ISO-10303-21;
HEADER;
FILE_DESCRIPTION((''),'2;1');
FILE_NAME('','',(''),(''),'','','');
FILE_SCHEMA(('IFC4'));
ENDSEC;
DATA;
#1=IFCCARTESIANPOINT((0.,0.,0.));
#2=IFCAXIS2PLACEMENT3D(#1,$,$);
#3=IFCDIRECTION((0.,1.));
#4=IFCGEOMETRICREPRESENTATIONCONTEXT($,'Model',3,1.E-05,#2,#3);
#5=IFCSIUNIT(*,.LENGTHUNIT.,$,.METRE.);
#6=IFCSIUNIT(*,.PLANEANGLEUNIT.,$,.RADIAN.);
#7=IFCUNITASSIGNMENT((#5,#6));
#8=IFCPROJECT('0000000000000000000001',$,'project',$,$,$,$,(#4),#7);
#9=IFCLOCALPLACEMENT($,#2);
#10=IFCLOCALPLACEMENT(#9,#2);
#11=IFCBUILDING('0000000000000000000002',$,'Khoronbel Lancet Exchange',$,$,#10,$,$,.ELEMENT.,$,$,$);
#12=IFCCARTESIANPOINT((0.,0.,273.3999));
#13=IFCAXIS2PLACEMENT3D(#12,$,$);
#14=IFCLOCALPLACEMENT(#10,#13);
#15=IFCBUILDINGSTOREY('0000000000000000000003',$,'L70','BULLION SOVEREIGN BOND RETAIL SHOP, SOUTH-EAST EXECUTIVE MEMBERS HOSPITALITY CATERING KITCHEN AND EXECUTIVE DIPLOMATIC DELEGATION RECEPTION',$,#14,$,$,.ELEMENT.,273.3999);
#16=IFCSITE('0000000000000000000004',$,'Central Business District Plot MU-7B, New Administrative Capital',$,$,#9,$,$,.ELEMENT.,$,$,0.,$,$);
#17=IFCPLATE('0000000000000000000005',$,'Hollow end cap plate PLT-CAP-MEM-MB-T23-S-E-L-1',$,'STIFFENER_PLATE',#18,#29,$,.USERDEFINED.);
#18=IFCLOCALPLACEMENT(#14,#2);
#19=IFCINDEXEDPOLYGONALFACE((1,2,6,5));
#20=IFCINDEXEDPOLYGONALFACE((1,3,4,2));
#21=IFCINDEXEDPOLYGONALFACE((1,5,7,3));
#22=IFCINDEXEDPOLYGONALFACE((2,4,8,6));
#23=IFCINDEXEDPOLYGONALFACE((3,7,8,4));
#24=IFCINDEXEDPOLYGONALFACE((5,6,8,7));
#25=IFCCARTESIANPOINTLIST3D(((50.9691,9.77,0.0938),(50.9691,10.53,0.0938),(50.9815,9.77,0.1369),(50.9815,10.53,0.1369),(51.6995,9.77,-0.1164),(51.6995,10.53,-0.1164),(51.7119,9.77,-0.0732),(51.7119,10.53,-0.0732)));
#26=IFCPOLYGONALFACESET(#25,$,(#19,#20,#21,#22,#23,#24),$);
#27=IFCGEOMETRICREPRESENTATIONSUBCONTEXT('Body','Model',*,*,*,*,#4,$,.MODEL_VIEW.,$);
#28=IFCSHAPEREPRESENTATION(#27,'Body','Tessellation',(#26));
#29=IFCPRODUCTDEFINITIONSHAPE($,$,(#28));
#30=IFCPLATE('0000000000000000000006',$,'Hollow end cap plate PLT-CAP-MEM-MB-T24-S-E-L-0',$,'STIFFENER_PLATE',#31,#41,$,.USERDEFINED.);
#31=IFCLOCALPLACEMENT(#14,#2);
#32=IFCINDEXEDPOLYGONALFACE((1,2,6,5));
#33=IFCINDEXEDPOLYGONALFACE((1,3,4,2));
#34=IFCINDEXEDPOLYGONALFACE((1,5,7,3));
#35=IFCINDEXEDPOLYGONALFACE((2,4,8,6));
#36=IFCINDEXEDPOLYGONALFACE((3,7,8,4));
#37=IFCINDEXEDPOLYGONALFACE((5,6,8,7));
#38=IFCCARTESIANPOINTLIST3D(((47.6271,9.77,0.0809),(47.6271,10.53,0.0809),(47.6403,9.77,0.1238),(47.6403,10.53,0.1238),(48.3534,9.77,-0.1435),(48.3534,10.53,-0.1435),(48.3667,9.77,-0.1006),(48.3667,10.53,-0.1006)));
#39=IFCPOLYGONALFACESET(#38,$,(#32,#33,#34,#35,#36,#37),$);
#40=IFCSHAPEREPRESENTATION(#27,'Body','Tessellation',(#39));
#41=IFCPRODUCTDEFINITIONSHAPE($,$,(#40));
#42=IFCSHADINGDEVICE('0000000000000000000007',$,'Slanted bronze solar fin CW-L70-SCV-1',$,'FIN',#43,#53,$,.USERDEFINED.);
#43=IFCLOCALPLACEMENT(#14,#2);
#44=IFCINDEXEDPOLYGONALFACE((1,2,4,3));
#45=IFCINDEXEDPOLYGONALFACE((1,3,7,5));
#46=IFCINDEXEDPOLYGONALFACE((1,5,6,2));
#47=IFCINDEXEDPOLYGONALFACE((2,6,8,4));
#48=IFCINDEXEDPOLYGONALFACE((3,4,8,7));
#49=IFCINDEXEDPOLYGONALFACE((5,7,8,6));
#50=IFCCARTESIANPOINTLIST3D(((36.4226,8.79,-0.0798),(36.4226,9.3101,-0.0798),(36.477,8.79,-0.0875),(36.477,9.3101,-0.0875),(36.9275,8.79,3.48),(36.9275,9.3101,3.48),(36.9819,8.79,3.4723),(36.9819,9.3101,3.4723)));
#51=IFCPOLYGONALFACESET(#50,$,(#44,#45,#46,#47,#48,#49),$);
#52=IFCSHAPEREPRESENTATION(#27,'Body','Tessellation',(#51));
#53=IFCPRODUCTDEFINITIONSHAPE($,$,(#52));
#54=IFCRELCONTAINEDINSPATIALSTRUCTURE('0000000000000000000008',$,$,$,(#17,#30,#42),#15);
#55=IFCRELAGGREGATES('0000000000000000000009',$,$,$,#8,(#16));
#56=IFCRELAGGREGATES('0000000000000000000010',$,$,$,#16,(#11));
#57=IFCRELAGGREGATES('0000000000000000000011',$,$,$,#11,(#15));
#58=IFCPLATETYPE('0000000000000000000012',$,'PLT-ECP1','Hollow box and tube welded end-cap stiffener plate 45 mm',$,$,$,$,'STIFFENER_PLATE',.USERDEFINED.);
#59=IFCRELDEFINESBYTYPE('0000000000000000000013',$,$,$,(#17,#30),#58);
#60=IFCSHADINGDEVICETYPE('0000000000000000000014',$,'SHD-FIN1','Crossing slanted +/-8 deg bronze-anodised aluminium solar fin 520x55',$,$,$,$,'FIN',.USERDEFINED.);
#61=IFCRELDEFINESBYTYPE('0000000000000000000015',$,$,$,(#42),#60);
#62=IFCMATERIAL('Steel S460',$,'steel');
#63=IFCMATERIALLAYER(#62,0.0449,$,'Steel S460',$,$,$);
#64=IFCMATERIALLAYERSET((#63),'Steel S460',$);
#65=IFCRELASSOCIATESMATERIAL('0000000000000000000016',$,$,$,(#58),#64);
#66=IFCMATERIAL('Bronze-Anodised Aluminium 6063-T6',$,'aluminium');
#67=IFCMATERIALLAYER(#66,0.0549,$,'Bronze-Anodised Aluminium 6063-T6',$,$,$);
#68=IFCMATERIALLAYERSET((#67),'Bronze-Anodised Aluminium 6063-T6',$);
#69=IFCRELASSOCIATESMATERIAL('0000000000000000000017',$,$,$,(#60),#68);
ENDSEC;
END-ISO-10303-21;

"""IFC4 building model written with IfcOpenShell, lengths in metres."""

from ifc_helpers import new_model, si_unit, direction, frame, origin, place, context, subcontext, project, spatial, polyline, outline, extrude, material, layer, layer_set, type_object, element, save


model = new_model("IFC4")

# Units and contexts
model_context = context("Model", 3, precision=1e-05, world=origin(), true_north=direction((0.0, 1.0)))
body_context = subcontext(model_context, "Body", "Model", "MODEL_VIEW")
ifc_project = project(units=[si_unit("LENGTHUNIT", "METRE"), si_unit("PLANEANGLEUNIT", "RADIAN")], contexts=[model_context])

# Site, building, storey
site_placement = place(None, origin())
site = spatial("IfcSite", under=ifc_project, at=site_placement, Name="Central Business District Plot MU-7B, New Administrative Capital", CompositionType="ELEMENT", RefElevation=0.0)
building_placement = place(site_placement, origin())
building = spatial("IfcBuilding", under=site, at=building_placement, Name="Khoronbel Lancet Exchange", CompositionType="ELEMENT")
storey_placement = place(building_placement, frame((0.0, 0.0, 273.3999)))
storey = spatial("IfcBuildingStorey", under=building, at=storey_placement, Name="L70", Description="BULLION SOVEREIGN BOND RETAIL SHOP, SOUTH-EAST EXECUTIVE MEMBERS HOSPITALITY CATERING KITCHEN AND EXECUTIVE DIPLOMATIC DELEGATION RECEPTION", CompositionType="ELEMENT", Elevation=273.3999)

# Shared definitions
ifc_material_1 = material(Name="Steel S460", Category="steel")

# Shared definitions
ifc_material_2 = material(Name="Bronze-Anodised Aluminium 6063-T6", Category="aluminium")

# Plates
ifc_layer_1 = layer(ifc_material_1, 0.0449, Name="Steel S460")
ifc_layer_set_1 = layer_set([ifc_layer_1], Name="Steel S460")
plate_type_1 = type_object("IfcPlateType", Name="PLT-ECP1", Description="Hollow box and tube welded end-cap stiffener plate 45 mm", ElementType="STIFFENER_PLATE", PredefinedType="USERDEFINED", material=ifc_layer_set_1)
plate_1_placement = place(storey_placement, frame((51.7119, 9.77, -0.0732), z_axis=(0.276545, 0.0, 0.961001), x_axis=(0.0, 1.0, 0.0)))
element("IfcPlate", 1, at=plate_1_placement, inside=storey, type_object=plate_type_1, Name="Hollow end cap plate PLT-CAP-MEM-MB-T23-S-E-L-1", ObjectType="STIFFENER_PLATE", PredefinedType="USERDEFINED", context=body_context, shape_type="SweptSolid", body=[
    extrude(outline(polyline([(0.0, 0.0), (0.76, 0.0), (0.76, 0.76), (0.0, 0.76), (0.0, 0.0)])), origin(), (0.0, 0.0, -1.0), 0.0449),
])
plate_2_placement = place(storey_placement, frame((48.3667, 9.77, -0.1006), z_axis=(0.295146, 0.0, 0.955452), x_axis=(0.0, 1.0, 0.0)))
element("IfcPlate", 2, at=plate_2_placement, inside=storey, type_object=plate_type_1, Name="Hollow end cap plate PLT-CAP-MEM-MB-T24-S-E-L-0", ObjectType="STIFFENER_PLATE", PredefinedType="USERDEFINED", context=body_context, shape_type="SweptSolid", body=[
    extrude(outline(polyline([(0.0, 0.0), (0.76, 0.0), (0.76, 0.7603), (0.0, 0.7603), (0.0, 0.0)])), origin(), (0.0, 0.0, -1.0), 0.0449),
])

# Shading device
ifc_layer_2 = layer(ifc_material_2, 0.0549, Name="Bronze-Anodised Aluminium 6063-T6")
ifc_layer_set_2 = layer_set([ifc_layer_2], Name="Bronze-Anodised Aluminium 6063-T6")
shading_device_type = type_object("IfcShadingDeviceType", Name="SHD-FIN1", Description="Crossing slanted +/-8 deg bronze-anodised aluminium solar fin 520x55", ElementType="FIN", PredefinedType="USERDEFINED", material=ifc_layer_set_2)
shading_device_placement = place(storey_placement, frame((36.4226, 9.3101, -0.0798), z_axis=(-0.990092, 0.0, 0.140423), x_axis=(0.0, -1.0, 0.0)))
element("IfcShadingDevice", 3, at=shading_device_placement, inside=storey, type_object=shading_device_type, Name="Slanted bronze solar fin CW-L70-SCV-1", ObjectType="FIN", PredefinedType="USERDEFINED", context=body_context, shape_type="SweptSolid", body=[
    extrude(outline(polyline([(0.0, 0.0), (0.52, 0.0), (0.52, 3.5955), (0.0, 3.5955), (0.0, 0.0)])), origin(), (0.0, 0.0, -1.0), 0.0549),
])

save(model, "model.ifc")
